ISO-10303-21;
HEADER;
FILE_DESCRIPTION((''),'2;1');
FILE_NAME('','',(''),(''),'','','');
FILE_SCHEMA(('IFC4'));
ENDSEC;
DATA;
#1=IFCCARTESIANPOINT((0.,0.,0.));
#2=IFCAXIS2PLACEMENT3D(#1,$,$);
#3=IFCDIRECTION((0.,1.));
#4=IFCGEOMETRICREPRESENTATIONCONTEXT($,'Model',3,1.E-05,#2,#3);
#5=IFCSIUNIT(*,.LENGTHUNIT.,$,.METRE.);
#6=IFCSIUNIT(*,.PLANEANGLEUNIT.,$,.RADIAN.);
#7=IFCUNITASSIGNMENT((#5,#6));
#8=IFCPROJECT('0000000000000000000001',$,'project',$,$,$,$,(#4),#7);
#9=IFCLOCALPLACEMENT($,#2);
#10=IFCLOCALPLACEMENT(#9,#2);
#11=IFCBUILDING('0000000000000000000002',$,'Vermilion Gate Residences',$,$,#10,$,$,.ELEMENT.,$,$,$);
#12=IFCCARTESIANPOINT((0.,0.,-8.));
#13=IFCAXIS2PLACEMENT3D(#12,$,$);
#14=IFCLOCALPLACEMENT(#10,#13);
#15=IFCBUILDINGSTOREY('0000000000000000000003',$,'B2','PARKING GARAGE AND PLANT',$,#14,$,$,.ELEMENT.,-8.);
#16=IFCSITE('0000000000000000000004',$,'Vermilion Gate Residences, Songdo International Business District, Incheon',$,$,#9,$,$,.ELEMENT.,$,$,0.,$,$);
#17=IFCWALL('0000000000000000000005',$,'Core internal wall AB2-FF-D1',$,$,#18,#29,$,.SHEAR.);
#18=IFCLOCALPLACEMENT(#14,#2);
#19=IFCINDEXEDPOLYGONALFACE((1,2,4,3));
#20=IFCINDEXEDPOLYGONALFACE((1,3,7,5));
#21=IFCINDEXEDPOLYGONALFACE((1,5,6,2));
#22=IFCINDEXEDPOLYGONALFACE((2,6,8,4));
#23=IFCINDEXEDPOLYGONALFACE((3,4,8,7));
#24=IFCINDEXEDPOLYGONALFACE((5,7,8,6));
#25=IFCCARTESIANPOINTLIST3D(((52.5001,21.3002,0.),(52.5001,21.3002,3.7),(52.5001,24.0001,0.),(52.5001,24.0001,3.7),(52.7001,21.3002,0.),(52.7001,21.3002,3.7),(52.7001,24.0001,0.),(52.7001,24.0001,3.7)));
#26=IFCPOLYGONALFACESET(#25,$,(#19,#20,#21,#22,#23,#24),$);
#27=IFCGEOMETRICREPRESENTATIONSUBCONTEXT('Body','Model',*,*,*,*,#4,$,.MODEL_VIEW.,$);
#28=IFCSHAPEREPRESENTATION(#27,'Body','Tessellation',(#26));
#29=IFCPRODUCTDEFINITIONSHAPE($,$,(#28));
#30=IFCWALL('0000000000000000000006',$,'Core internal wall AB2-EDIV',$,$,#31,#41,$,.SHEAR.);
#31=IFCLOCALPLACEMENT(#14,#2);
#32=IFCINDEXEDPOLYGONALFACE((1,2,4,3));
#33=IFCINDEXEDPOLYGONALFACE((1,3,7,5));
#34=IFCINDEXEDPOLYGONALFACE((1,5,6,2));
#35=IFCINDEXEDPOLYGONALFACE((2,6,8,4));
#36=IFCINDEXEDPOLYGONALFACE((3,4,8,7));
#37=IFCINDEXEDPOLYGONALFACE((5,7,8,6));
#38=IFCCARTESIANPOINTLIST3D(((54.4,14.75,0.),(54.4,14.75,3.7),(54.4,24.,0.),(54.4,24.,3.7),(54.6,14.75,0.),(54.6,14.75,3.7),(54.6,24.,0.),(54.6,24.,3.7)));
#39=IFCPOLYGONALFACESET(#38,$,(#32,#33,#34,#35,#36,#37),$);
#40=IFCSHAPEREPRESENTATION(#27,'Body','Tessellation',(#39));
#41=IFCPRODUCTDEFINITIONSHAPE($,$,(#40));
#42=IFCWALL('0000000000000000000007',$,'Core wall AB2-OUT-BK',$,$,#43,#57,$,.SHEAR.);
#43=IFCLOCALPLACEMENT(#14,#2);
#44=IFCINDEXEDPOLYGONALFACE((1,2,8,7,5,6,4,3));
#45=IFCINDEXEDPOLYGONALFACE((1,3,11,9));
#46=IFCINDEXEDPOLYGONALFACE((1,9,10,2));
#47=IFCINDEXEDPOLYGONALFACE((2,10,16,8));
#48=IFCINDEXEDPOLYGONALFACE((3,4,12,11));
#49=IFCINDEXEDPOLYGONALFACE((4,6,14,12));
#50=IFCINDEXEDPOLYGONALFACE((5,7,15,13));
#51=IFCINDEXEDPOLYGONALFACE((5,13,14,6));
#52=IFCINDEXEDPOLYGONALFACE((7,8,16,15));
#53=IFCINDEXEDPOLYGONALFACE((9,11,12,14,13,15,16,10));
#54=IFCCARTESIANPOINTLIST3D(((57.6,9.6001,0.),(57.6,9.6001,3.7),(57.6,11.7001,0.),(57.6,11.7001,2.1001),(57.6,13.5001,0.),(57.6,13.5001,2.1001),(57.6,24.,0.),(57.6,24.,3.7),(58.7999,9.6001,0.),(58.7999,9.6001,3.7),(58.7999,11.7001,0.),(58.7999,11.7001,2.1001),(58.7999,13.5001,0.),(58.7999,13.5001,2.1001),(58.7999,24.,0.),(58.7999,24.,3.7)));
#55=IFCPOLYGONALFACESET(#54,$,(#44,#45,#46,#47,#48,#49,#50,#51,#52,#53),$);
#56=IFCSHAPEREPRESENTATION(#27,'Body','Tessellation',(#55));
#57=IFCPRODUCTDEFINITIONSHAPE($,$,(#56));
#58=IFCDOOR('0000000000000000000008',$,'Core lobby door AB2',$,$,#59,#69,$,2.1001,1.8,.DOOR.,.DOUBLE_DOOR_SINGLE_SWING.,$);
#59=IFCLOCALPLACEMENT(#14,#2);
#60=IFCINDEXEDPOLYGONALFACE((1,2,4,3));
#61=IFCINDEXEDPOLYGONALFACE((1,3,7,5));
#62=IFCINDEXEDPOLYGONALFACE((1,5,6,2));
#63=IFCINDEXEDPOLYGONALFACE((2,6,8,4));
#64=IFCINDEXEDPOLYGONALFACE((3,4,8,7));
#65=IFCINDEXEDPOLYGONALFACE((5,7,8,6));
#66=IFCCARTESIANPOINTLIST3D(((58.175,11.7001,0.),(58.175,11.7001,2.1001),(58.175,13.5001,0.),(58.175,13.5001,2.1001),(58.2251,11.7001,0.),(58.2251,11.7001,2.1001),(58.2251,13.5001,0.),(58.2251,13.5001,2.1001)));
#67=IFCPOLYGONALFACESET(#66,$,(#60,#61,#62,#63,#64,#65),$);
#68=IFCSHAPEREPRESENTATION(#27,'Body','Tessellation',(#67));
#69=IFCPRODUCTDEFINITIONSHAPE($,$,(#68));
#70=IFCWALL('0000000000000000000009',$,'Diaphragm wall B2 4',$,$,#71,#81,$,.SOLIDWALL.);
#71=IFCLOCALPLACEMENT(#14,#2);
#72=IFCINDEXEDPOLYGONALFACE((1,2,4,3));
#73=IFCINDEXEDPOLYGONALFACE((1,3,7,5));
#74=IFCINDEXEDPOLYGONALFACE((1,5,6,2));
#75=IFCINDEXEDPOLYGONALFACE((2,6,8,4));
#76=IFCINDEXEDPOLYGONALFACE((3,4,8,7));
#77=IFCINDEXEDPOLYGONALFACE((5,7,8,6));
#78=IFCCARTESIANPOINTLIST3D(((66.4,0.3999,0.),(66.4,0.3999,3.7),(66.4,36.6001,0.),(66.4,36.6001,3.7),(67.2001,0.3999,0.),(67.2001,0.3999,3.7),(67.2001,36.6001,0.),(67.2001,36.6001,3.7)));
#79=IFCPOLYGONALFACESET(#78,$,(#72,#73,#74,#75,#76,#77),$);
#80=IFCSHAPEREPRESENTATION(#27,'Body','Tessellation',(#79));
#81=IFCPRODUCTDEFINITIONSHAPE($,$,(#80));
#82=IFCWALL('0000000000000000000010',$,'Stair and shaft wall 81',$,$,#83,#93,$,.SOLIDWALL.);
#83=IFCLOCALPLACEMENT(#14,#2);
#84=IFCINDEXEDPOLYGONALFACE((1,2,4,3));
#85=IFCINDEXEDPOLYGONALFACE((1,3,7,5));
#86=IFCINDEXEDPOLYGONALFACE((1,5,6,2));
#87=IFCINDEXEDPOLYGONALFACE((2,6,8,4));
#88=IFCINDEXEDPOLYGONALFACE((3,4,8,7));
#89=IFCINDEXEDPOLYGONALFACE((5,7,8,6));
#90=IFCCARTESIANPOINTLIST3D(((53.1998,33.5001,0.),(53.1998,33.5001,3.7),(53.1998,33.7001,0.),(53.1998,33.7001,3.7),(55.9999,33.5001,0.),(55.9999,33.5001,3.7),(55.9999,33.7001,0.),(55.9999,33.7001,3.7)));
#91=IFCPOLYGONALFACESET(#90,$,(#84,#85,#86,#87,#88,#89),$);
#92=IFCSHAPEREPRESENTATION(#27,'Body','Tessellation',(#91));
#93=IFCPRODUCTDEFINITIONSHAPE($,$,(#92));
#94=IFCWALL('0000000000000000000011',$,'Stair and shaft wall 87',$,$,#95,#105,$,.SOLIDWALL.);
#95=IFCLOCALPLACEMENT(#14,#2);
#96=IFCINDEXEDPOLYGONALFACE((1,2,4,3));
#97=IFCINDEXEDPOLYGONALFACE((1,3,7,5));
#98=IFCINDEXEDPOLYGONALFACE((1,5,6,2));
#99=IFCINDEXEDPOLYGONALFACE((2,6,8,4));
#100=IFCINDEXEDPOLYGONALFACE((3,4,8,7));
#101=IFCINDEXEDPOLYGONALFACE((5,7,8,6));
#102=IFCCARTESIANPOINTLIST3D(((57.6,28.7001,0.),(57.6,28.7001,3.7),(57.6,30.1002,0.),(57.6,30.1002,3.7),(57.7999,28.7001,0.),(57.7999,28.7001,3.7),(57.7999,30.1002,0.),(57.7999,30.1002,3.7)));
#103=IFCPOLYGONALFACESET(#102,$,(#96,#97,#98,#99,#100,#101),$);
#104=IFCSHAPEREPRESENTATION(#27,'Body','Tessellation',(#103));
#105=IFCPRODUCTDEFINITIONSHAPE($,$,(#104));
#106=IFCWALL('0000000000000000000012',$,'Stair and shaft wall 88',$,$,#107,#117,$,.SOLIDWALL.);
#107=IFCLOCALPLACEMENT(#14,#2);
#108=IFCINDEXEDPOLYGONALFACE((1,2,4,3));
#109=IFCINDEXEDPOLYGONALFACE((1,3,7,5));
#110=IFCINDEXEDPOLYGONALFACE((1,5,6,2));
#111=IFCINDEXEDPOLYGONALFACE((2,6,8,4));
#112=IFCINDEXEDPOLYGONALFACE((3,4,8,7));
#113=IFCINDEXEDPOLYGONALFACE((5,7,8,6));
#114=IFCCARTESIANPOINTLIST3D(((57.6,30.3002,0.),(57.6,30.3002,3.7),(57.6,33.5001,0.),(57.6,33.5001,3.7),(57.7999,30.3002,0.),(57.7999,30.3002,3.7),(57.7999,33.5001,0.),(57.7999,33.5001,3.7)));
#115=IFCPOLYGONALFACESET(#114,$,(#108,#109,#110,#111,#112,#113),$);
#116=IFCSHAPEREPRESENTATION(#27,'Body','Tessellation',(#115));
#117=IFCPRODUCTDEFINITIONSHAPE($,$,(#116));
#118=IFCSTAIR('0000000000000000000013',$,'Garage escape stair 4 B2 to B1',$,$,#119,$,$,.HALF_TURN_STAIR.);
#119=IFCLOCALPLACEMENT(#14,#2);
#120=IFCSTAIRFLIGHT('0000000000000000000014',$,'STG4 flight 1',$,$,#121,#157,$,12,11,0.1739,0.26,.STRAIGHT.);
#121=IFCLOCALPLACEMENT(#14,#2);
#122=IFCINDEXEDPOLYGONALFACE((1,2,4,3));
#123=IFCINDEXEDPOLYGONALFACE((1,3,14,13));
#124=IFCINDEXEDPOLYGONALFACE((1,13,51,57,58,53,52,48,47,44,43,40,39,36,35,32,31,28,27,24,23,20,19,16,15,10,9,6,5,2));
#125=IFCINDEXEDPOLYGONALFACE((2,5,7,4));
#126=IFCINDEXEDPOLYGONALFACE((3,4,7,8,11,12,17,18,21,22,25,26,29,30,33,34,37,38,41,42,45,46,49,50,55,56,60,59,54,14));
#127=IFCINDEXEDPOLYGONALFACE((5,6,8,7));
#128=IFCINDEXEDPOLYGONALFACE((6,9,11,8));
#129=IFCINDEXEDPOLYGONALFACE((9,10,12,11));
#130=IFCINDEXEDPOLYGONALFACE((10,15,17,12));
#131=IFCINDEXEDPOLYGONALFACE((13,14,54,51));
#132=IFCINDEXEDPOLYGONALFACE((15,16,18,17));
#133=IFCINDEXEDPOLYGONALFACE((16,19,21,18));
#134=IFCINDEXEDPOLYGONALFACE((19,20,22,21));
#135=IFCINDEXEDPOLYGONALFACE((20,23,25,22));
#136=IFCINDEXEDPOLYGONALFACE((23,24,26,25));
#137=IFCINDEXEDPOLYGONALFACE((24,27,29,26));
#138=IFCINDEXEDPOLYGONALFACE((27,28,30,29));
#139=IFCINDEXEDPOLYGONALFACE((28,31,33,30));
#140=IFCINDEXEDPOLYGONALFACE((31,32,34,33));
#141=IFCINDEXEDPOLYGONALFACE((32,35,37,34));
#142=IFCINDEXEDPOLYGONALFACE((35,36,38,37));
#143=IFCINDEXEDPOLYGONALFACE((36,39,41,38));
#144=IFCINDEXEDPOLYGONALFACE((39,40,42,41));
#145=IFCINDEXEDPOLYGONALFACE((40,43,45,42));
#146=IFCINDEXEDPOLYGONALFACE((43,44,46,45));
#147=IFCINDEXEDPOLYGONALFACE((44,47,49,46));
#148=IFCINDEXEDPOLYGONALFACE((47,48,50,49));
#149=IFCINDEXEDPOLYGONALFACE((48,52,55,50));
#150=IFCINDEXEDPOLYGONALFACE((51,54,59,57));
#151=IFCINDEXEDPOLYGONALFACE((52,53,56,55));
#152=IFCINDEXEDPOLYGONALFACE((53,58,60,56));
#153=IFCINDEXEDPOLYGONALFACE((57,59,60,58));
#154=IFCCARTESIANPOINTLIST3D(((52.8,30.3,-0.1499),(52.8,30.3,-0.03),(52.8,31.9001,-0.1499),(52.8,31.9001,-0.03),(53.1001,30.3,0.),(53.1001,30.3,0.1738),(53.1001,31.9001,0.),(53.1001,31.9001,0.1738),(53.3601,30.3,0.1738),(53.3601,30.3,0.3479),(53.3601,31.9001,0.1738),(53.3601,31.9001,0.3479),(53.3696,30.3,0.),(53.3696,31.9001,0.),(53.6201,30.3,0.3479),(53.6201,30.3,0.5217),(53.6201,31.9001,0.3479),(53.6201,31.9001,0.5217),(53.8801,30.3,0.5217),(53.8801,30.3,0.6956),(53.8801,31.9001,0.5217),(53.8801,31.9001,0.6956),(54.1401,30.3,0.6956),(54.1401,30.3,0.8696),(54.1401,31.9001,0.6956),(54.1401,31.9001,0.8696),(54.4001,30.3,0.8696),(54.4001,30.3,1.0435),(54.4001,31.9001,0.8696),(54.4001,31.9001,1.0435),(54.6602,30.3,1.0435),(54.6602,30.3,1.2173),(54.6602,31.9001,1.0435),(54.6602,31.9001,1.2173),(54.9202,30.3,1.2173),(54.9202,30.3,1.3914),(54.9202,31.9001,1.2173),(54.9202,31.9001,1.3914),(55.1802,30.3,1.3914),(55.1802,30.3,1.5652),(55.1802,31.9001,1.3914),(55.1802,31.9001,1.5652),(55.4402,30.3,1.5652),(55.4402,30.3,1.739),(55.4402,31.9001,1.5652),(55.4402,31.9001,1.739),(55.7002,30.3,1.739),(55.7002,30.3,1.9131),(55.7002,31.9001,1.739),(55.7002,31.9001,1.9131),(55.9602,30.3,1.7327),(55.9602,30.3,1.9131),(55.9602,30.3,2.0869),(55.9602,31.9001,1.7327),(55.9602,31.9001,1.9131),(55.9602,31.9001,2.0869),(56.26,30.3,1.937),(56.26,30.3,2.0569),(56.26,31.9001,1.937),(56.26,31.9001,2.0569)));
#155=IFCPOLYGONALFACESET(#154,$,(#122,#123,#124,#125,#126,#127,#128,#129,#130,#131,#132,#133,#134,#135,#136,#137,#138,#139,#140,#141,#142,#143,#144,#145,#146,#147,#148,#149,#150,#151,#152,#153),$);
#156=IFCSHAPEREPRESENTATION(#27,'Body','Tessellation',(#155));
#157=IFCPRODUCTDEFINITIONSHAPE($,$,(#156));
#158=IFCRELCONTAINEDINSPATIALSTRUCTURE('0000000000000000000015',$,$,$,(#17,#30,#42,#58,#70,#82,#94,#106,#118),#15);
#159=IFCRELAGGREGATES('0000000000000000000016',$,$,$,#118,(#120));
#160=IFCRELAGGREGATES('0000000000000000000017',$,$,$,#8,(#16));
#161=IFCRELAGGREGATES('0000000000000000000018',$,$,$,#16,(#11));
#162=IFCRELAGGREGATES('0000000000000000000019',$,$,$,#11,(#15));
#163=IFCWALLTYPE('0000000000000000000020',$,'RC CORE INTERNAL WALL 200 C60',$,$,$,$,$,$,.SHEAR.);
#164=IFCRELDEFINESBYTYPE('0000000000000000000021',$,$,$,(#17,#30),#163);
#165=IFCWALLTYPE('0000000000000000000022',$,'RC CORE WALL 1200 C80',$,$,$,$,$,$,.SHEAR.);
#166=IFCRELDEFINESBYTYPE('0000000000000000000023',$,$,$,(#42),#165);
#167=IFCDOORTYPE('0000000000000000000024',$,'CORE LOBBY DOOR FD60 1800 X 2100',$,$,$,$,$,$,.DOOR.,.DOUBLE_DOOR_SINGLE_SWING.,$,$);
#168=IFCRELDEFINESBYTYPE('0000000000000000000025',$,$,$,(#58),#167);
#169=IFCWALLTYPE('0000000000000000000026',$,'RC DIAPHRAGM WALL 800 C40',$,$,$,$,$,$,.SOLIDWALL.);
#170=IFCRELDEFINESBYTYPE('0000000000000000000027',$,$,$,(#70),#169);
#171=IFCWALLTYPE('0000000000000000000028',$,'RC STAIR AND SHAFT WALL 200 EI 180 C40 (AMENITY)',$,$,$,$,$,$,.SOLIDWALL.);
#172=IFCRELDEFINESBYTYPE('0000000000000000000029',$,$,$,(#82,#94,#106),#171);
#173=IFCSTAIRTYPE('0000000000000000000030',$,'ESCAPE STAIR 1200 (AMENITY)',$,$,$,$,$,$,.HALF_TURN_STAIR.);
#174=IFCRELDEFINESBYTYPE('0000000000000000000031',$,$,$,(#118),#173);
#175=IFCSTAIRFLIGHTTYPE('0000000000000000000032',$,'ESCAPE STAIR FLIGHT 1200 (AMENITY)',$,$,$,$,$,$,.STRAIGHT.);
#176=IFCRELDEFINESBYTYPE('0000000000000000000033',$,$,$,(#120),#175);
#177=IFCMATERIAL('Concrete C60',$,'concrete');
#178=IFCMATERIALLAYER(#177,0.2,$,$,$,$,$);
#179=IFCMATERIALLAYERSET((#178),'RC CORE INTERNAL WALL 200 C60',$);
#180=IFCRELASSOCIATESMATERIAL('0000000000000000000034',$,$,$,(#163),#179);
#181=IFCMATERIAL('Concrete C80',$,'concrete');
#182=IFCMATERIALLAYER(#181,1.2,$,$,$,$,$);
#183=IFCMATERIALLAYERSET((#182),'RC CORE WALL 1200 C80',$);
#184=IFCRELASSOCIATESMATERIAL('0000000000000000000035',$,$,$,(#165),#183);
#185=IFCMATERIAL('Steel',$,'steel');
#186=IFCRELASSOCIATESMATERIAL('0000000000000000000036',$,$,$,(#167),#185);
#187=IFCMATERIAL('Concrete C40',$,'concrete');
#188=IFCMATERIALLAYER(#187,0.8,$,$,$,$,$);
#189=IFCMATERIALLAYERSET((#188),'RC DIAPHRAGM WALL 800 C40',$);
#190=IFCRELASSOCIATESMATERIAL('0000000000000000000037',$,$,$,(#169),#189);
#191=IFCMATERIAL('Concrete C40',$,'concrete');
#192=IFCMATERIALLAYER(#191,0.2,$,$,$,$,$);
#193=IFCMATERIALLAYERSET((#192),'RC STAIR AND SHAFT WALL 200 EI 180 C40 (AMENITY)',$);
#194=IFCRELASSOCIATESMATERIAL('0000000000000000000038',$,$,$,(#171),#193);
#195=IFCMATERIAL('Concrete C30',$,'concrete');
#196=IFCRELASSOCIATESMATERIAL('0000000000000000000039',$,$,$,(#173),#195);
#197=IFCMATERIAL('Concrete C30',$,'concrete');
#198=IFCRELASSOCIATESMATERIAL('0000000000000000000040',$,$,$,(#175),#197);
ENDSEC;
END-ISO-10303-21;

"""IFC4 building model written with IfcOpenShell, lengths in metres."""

from ifc_helpers import new_model, si_unit, direction, frame, frame_2d, origin, place, context, subcontext, project, spatial, polyline, rectangle, outline, extrude, material, layer, layer_set, type_object, element, fill, aggregate, save


model = new_model("IFC4")

# Units and contexts
model_context = context("Model", 3, precision=1e-05, world=origin(), true_north=direction((0.0, 1.0)))
body_context = subcontext(model_context, "Body", "Model", "MODEL_VIEW")
ifc_project = project(units=[si_unit("LENGTHUNIT", "METRE"), si_unit("PLANEANGLEUNIT", "RADIAN")], contexts=[model_context])

# Site, building, storey
site_placement = place(None, origin())
site = spatial("IfcSite", under=ifc_project, at=site_placement, Name="Vermilion Gate Residences, Songdo International Business District, Incheon", CompositionType="ELEMENT", RefElevation=0.0)
building_placement = place(site_placement, origin())
building = spatial("IfcBuilding", under=site, at=building_placement, Name="Vermilion Gate Residences", CompositionType="ELEMENT")
storey_placement = place(building_placement, frame((0.0, 0.0, -8.0)))
storey = spatial("IfcBuildingStorey", under=building, at=storey_placement, Name="B2", Description="PARKING GARAGE AND PLANT", CompositionType="ELEMENT", Elevation=-8.0)

# Walls
ifc_material_1 = material(Name="Concrete C60", Category="concrete")
ifc_layer_1 = layer(ifc_material_1, 0.2)
ifc_layer_set_1 = layer_set([ifc_layer_1], Name="RC CORE INTERNAL WALL 200 C60")
wall_type_1 = type_object("IfcWallType", Name="RC CORE INTERNAL WALL 200 C60", PredefinedType="SHEAR", material=ifc_layer_set_1)
wall_1_placement = place(storey_placement, frame((52.6001, 21.3, 0.0), z_axis=(0.0, 0.0, 1.0), x_axis=(0.0, 1.0, 0.0)))
element("IfcWall", 1, at=wall_1_placement, inside=storey, type_object=wall_type_1, Name="Core internal wall AB2-FF-D1", PredefinedType="SHEAR", context=body_context, shape_type="SweptSolid", body=[
    extrude(rectangle(XDim=2.7, YDim=0.2, at=frame_2d((1.3501, 0.0))), origin(), (0.0, 0.0, 1.0), 3.7),
])
wall_2_placement = place(storey_placement, frame((54.5, 14.75, 0.0), z_axis=(0.0, 0.0, 1.0), x_axis=(0.0, 1.0, 0.0)))
element("IfcWall", 2, at=wall_2_placement, inside=storey, type_object=wall_type_1, Name="Core internal wall AB2-EDIV", PredefinedType="SHEAR", context=body_context, shape_type="SweptSolid", body=[
    extrude(rectangle(XDim=9.25, YDim=0.2, at=frame_2d((4.625, 0.0))), origin(), (0.0, 0.0, 1.0), 3.7),
])

# Wall, opening, door
ifc_material_2 = material(Name="Concrete C80", Category="concrete")
ifc_layer_2 = layer(ifc_material_2, 1.2)
ifc_layer_set_2 = layer_set([ifc_layer_2], Name="RC CORE WALL 1200 C80")
wall_type_2 = type_object("IfcWallType", Name="RC CORE WALL 1200 C80", PredefinedType="SHEAR", material=ifc_layer_set_2)
wall_3_placement = place(storey_placement, frame((58.2, 9.6001, 0.0), z_axis=(0.0, 0.0, 1.0), x_axis=(0.0, 1.0, 0.0)))
wall_3 = element("IfcWall", 3, at=wall_3_placement, inside=storey, type_object=wall_type_2, Name="Core wall AB2-OUT-BK", PredefinedType="SHEAR", context=body_context, shape_type="SweptSolid", body=[
    extrude(rectangle(XDim=14.3999, YDim=1.2, at=frame_2d((7.2, 0.0))), origin(), (0.0, 0.0, 1.0), 3.7),
])
opening_1_placement = place(wall_3_placement, frame((2.1001, 0.0, 0.0)))
opening_1 = element("IfcOpeningElement", 4, at=opening_1_placement, cuts=wall_3, PredefinedType="OPENING", context=body_context, shape_type="SweptSolid", body=[
    extrude(rectangle(XDim=1.8, YDim=2.1001, at=frame_2d((0.8999, 1.05))), frame((0.0, 0.6099, 0.0), z_axis=(0.0, -1.0, 0.0), x_axis=(1.0, 0.0, 0.0)), (0.0, 0.0, 1.0), 1.22),
])
ifc_material_3 = material(Name="Steel", Category="steel")
door_type_1 = type_object("IfcDoorType", Name="CORE LOBBY DOOR FD60 1800 X 2100", OperationType="DOUBLE_DOOR_SINGLE_SWING", PredefinedType="DOOR", material=ifc_material_3)
door_1_placement = place(opening_1_placement, origin())
door_1 = element("IfcDoor", 5, at=door_1_placement, inside=storey, type_object=door_type_1, Name="Core lobby door AB2", OperationType="DOUBLE_DOOR_SINGLE_SWING", OverallHeight=2.1001, OverallWidth=1.8, PredefinedType="DOOR", context=body_context, shape_type="SweptSolid", body=[
    extrude(rectangle(XDim=1.8, YDim=2.1001, at=frame_2d((0.8999, 1.05))), frame((0.0, 0.0249, 0.0), z_axis=(0.0, -1.0, 0.0), x_axis=(1.0, 0.0, 0.0)), (0.0, 0.0, 1.0), 0.05),
])
fill(opening_1, door_1)

# Walls
ifc_material_4 = material(Name="Concrete C40", Category="concrete")
ifc_layer_3 = layer(ifc_material_4, 0.8)
ifc_layer_set_3 = layer_set([ifc_layer_3], Name="RC DIAPHRAGM WALL 800 C40")
wall_type_3 = type_object("IfcWallType", Name="RC DIAPHRAGM WALL 800 C40", PredefinedType="SOLIDWALL", material=ifc_layer_set_3)
wall_4_placement = place(storey_placement, frame((66.8, 0.3999, 0.0), z_axis=(0.0, 0.0, 1.0), x_axis=(0.0, 1.0, 0.0)))
element("IfcWall", 6, at=wall_4_placement, inside=storey, type_object=wall_type_3, Name="Diaphragm wall B2 4", PredefinedType="SOLIDWALL", context=body_context, shape_type="SweptSolid", body=[
    extrude(rectangle(XDim=36.2002, YDim=0.8, at=frame_2d((18.1001, 0.0))), origin(), (0.0, 0.0, 1.0), 3.7),
])
ifc_material_5 = material(Name="Concrete C40", Category="concrete")
ifc_layer_4 = layer(ifc_material_5, 0.2)
ifc_layer_set_4 = layer_set([ifc_layer_4], Name="RC STAIR AND SHAFT WALL 200 EI 180 C40 (AMENITY)")
wall_type_4 = type_object("IfcWallType", Name="RC STAIR AND SHAFT WALL 200 EI 180 C40 (AMENITY)", PredefinedType="SOLIDWALL", material=ifc_layer_set_4)
wall_5_placement = place(storey_placement, frame((53.2, 33.6001, 0.0), z_axis=(0.0, 0.0, 1.0), x_axis=(1.0, 0.0, 0.0)))
element("IfcWall", 7, at=wall_5_placement, inside=storey, type_object=wall_type_4, Name="Stair and shaft wall 81", PredefinedType="SOLIDWALL", context=body_context, shape_type="SweptSolid", body=[
    extrude(rectangle(XDim=2.8, YDim=0.2, at=frame_2d((1.3999, 0.0))), origin(), (0.0, 0.0, 1.0), 3.7),
])
wall_6_placement = place(storey_placement, frame((57.7, 28.7, 0.0), z_axis=(0.0, 0.0, 1.0), x_axis=(0.0, 1.0, 0.0)))
element("IfcWall", 8, at=wall_6_placement, inside=storey, type_object=wall_type_4, Name="Stair and shaft wall 87", PredefinedType="SOLIDWALL", context=body_context, shape_type="SweptSolid", body=[
    extrude(rectangle(XDim=1.4001, YDim=0.2, at=frame_2d((0.7002, 0.0))), origin(), (0.0, 0.0, 1.0), 3.7),
])
wall_7_placement = place(storey_placement, frame((57.7, 30.3, 0.0), z_axis=(0.0, 0.0, 1.0), x_axis=(0.0, 1.0, 0.0)))
element("IfcWall", 9, at=wall_7_placement, inside=storey, type_object=wall_type_4, Name="Stair and shaft wall 88", PredefinedType="SOLIDWALL", context=body_context, shape_type="SweptSolid", body=[
    extrude(rectangle(XDim=3.2, YDim=0.2, at=frame_2d((1.6001, 0.0))), origin(), (0.0, 0.0, 1.0), 3.7),
])

# Stair, stair flight
ifc_material_6 = material(Name="Concrete C30", Category="concrete")
stair_type = type_object("IfcStairType", Name="ESCAPE STAIR 1200 (AMENITY)", PredefinedType="HALF_TURN_STAIR", material=ifc_material_6)
stair_placement = place(storey_placement, origin())
stair = element("IfcStair", 10, at=stair_placement, inside=storey, type_object=stair_type, Name="Garage escape stair 4 B2 to B1", PredefinedType="HALF_TURN_STAIR")
ifc_material_7 = material(Name="Concrete C30", Category="concrete")
stair_flight_type = type_object("IfcStairFlightType", Name="ESCAPE STAIR FLIGHT 1200 (AMENITY)", PredefinedType="STRAIGHT", material=ifc_material_7)
stair_flight_1_placement = place(storey_placement, frame((53.1001, 31.1001, 0.0), z_axis=(0.0, 0.0, 1.0), x_axis=(1.0, 0.0, 0.0)))
stair_flight_1 = element("IfcStairFlight", 11, at=stair_flight_1_placement, type_object=stair_flight_type, Name="STG4 flight 1", NumberOfRisers=12, NumberOfTreads=11, PredefinedType="STRAIGHT", RiserHeight=0.1739, TreadLength=0.26, context=body_context, shape_type="SweptSolid", body=[
    extrude(outline(polyline([(-0.3, -0.1499), (-0.3, -0.03), (0.0, 0.0), (0.0, 0.1738), (0.26, 0.1738), (0.26, 0.3479), (0.52, 0.3479), (0.52, 0.5217), (0.78, 0.5217), (0.78, 0.6956), (1.04, 0.6956), (1.04, 0.8696), (1.3, 0.8696), (1.3, 1.0435), (1.5601, 1.0435), (1.5601, 1.2173), (1.8201, 1.2173), (1.8201, 1.3914), (2.0801, 1.3914), (2.0801, 1.5652), (2.3401, 1.5652), (2.3401, 1.739), (2.6001, 1.739), (2.6001, 1.9131), (2.8601, 1.9131), (2.8601, 2.0869), (3.1599, 2.0569), (3.1599, 1.937), (2.8601, 1.7327), (0.2695, 0.0), (-0.3, -0.1499)])), frame((0.0, 0.8, 0.0), z_axis=(0.0, -1.0, 0.0), x_axis=(1.0, 0.0, 0.0)), (0.0, 0.0, 1.0), 1.6001),
])
aggregate(stair, [stair_flight_1])

save(model, "model.ifc")
